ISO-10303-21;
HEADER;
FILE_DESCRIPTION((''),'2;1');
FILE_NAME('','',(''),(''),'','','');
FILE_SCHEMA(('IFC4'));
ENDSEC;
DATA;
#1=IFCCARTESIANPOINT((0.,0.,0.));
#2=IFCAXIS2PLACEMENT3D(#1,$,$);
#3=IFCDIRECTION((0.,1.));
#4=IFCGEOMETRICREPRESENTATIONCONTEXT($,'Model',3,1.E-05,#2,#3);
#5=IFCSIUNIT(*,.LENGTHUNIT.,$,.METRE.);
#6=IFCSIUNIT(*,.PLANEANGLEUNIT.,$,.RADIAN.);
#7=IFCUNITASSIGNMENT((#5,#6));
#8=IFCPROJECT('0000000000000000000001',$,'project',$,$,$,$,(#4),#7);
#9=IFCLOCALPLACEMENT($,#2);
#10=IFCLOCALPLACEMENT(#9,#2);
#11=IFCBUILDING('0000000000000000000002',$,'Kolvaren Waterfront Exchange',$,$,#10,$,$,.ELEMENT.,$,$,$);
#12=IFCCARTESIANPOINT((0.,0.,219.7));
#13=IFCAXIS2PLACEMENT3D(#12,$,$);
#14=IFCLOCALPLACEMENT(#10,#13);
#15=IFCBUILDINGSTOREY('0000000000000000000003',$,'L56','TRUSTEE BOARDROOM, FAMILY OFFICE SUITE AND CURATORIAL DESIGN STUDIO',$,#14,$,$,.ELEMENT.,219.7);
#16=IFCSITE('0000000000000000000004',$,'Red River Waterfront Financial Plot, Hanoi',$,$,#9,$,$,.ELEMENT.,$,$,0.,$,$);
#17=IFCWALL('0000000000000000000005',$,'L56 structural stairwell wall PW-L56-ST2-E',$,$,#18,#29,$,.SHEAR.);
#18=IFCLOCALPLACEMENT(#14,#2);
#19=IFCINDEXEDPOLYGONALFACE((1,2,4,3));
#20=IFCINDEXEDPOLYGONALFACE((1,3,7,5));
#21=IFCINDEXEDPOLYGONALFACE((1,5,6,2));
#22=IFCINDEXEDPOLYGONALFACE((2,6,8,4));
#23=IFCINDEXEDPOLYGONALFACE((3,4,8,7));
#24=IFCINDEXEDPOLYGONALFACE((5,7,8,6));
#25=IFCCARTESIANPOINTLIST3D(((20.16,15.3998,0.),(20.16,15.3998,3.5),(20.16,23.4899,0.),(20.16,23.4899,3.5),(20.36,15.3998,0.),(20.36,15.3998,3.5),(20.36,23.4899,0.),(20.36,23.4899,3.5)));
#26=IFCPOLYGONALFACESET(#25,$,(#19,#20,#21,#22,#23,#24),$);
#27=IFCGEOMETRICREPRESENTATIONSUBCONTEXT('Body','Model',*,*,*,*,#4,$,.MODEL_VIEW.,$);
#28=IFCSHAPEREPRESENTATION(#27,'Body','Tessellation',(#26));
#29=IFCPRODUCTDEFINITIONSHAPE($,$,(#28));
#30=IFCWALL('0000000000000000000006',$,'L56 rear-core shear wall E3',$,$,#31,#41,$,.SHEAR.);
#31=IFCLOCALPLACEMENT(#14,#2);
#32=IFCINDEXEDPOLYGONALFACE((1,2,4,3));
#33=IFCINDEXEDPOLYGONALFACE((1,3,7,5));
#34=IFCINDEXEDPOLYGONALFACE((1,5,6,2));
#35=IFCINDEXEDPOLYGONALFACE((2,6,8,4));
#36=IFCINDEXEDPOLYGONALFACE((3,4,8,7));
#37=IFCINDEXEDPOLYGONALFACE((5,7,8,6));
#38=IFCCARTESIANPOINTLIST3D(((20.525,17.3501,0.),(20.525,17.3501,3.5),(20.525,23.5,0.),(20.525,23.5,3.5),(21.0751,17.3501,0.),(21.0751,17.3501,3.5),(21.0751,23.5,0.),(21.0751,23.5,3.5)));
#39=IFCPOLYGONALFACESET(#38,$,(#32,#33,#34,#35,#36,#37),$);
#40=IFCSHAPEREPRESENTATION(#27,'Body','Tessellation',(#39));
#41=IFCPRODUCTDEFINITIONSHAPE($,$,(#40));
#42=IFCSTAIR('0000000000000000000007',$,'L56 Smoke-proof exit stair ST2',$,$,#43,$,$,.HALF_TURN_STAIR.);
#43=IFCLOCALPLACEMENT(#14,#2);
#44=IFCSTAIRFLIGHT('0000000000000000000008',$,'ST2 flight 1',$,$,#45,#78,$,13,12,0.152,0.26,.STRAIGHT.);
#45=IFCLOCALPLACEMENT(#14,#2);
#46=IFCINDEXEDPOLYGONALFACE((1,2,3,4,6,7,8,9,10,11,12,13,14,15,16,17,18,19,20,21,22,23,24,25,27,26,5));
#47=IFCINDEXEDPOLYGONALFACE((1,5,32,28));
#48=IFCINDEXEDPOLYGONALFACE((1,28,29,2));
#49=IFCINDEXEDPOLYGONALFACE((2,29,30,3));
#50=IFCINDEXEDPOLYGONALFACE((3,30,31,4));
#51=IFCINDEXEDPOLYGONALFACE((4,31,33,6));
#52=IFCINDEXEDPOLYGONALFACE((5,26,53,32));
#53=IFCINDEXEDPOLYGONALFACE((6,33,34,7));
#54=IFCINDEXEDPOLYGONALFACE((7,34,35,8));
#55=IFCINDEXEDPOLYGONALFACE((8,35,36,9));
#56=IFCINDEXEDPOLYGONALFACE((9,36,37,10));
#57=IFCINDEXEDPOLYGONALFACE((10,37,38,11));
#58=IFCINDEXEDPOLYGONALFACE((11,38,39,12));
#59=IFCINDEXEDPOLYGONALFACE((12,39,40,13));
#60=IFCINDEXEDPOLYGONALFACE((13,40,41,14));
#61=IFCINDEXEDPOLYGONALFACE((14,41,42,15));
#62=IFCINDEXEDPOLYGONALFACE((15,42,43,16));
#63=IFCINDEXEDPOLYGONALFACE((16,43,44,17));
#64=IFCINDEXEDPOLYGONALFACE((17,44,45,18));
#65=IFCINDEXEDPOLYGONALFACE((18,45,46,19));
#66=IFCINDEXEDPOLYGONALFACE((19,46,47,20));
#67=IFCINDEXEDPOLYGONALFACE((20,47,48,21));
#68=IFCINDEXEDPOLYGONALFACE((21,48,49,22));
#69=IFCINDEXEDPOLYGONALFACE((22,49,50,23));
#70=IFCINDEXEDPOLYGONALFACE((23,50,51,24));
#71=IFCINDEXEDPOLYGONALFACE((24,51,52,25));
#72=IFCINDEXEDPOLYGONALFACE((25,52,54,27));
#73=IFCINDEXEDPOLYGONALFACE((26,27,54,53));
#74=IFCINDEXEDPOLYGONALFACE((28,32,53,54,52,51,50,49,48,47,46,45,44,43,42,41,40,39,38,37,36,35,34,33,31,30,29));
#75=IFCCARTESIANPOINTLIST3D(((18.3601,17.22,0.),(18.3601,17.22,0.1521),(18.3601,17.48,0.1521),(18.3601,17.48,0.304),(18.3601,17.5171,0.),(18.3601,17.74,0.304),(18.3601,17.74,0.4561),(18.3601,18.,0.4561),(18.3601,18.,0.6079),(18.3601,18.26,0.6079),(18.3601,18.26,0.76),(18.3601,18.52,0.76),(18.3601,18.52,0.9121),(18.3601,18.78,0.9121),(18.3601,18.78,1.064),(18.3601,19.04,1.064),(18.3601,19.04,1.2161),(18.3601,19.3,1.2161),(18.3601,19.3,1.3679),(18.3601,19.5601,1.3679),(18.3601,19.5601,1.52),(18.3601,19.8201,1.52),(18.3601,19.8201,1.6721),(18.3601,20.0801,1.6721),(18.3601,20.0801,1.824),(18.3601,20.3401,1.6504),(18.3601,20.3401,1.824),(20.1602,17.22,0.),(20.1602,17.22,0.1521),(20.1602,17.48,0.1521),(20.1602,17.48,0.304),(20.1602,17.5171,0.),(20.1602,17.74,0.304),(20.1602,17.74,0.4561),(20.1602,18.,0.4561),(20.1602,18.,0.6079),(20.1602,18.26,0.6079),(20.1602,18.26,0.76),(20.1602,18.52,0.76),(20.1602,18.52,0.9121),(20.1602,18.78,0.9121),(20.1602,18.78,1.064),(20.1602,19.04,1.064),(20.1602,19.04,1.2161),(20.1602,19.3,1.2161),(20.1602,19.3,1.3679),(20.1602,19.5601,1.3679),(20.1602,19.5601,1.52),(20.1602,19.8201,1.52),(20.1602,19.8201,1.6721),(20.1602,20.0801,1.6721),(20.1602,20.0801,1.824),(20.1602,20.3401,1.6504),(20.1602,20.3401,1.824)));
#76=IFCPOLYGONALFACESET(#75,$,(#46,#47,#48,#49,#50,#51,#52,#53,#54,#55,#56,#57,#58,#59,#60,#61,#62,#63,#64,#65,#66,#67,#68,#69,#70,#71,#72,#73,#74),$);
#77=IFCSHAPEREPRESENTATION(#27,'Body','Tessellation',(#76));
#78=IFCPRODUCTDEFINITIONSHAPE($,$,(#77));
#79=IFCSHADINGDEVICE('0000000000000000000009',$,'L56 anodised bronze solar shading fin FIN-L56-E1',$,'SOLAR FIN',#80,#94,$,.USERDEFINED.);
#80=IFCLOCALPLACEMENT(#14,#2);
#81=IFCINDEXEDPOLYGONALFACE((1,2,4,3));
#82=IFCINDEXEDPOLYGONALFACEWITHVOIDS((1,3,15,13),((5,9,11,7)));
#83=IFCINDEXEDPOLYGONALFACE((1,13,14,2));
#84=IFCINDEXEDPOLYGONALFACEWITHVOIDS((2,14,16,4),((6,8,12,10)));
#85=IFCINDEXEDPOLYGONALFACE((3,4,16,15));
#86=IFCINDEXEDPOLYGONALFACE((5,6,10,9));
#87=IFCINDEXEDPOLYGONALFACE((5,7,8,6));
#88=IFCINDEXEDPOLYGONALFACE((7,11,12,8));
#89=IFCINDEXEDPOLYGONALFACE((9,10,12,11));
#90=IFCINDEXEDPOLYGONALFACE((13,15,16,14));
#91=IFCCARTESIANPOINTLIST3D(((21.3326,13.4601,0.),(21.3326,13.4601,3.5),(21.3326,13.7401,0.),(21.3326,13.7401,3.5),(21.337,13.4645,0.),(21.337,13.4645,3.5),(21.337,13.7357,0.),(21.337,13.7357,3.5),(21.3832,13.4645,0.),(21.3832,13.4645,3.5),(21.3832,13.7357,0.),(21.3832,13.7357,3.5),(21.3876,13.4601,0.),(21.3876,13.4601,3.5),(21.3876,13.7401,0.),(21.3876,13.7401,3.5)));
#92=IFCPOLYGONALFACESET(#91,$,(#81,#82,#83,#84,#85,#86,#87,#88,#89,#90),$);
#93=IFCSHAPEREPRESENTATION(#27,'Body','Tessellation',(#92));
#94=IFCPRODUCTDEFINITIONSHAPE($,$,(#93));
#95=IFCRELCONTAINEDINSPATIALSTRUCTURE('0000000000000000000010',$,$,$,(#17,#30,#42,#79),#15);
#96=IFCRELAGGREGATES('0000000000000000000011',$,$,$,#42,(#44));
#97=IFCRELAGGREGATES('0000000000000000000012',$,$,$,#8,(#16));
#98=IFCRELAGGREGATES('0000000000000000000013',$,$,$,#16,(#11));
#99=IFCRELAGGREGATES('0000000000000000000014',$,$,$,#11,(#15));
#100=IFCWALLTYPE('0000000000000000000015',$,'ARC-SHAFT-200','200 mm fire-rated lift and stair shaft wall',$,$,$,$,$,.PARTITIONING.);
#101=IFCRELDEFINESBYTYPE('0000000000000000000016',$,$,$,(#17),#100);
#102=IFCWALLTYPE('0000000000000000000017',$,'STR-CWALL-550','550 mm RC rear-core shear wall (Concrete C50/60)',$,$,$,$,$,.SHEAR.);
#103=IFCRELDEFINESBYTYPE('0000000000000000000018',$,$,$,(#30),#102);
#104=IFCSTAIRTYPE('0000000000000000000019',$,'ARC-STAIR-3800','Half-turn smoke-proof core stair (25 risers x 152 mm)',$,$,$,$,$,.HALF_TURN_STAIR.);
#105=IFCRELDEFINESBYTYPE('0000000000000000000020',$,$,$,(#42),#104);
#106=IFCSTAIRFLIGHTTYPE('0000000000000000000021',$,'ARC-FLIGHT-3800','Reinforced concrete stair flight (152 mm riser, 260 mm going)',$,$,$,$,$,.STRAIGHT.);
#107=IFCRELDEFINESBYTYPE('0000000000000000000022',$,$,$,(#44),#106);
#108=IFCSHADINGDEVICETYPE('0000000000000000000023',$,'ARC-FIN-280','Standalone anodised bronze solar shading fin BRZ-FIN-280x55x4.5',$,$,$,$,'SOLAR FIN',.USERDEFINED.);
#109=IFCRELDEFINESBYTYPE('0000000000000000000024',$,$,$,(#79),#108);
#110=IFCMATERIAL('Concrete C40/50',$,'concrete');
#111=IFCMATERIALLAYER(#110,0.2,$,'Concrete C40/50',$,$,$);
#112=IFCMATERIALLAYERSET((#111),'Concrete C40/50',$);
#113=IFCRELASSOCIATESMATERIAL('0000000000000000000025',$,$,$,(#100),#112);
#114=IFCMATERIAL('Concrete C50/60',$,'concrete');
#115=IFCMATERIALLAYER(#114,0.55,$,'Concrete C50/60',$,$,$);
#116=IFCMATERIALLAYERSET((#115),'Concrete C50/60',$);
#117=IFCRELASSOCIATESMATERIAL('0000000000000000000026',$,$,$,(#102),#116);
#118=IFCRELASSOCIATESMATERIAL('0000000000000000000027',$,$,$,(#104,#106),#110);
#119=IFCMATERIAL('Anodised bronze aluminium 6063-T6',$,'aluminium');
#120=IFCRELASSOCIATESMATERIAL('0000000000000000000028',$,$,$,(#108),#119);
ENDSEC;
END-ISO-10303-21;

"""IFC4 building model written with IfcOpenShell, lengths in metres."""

from ifc_helpers import new_model, si_unit, direction, frame, frame_2d, origin, origin_2d, place, context, subcontext, project, spatial, polyline, rectangle, hollow_rectangle, outline, extrude, material, layer, layer_set, material_profile, profile_set, type_object, element, aggregate, save


model = new_model("IFC4")

# Units and contexts
model_context = context("Model", 3, precision=1e-05, world=origin(), true_north=direction((0.0, 1.0)))
body_context = subcontext(model_context, "Body", "Model", "MODEL_VIEW")
ifc_project = project(units=[si_unit("LENGTHUNIT", "METRE"), si_unit("PLANEANGLEUNIT", "RADIAN")], contexts=[model_context])

# Site, building, storey
site_placement = place(None, origin())
site = spatial("IfcSite", under=ifc_project, at=site_placement, Name="Red River Waterfront Financial Plot, Hanoi", CompositionType="ELEMENT", RefElevation=0.0)
building_placement = place(site_placement, origin())
building = spatial("IfcBuilding", under=site, at=building_placement, Name="Kolvaren Waterfront Exchange", CompositionType="ELEMENT")
storey_placement = place(building_placement, frame((0.0, 0.0, 219.7)))
storey = spatial("IfcBuildingStorey", under=building, at=storey_placement, Name="L56", Description="TRUSTEE BOARDROOM, FAMILY OFFICE SUITE AND CURATORIAL DESIGN STUDIO", CompositionType="ELEMENT", Elevation=219.7)

# Shared definitions
ifc_material_1 = material(Name="Concrete C50/60", Category="concrete")

# Walls
ifc_material_2 = material(Name="Concrete C40/50", Category="concrete")
ifc_layer_1 = layer(ifc_material_2, 0.2, Name="Concrete C40/50")
ifc_layer_set_1 = layer_set([ifc_layer_1], Name="Concrete C40/50")
wall_type_1 = type_object("IfcWallType", Name="ARC-SHAFT-200", Description="200 mm fire-rated lift and stair shaft wall", PredefinedType="PARTITIONING", material=ifc_layer_set_1)
wall_1_placement = place(storey_placement, frame((20.26, 15.3999, 0.0), z_axis=(0.0, 0.0, 1.0), x_axis=(0.0, 1.0, 0.0)))
element("IfcWall", 1, at=wall_1_placement, inside=storey, type_object=wall_type_1, Name="L56 structural stairwell wall PW-L56-ST2-E", PredefinedType="SHEAR", context=body_context, shape_type="SweptSolid", body=[
    extrude(rectangle(XDim=8.0901, YDim=0.2, at=frame_2d((4.0449, 0.0))), origin(), (0.0, 0.0, 1.0), 3.5),
])
ifc_layer_2 = layer(ifc_material_1, 0.55, Name="Concrete C50/60")
ifc_layer_set_2 = layer_set([ifc_layer_2], Name="Concrete C50/60")
wall_type_2 = type_object("IfcWallType", Name="STR-CWALL-550", Description="550 mm RC rear-core shear wall (Concrete C50/60)", PredefinedType="SHEAR", material=ifc_layer_set_2)
wall_2_placement = place(storey_placement, frame((20.8, 17.3501, 0.0), z_axis=(0.0, 0.0, 1.0), x_axis=(0.0, 1.0, 0.0)))
element("IfcWall", 2, at=wall_2_placement, inside=storey, type_object=wall_type_2, Name="L56 rear-core shear wall E3", PredefinedType="SHEAR", context=body_context, shape_type="SweptSolid", body=[
    extrude(rectangle(XDim=6.1499, YDim=0.55, at=frame_2d((3.075, 0.0))), origin(), (0.0, 0.0, 1.0), 3.5),
])

# Stair, stair flight
stair_type = type_object("IfcStairType", Name="ARC-STAIR-3800", Description="Half-turn smoke-proof core stair (25 risers x 152 mm)", PredefinedType="HALF_TURN_STAIR", material=ifc_material_2)
stair_placement = place(storey_placement, origin())
stair = element("IfcStair", 3, at=stair_placement, inside=storey, type_object=stair_type, Name="L56 Smoke-proof exit stair ST2", PredefinedType="HALF_TURN_STAIR")
stair_flight_type = type_object("IfcStairFlightType", Name="ARC-FLIGHT-3800", Description="Reinforced concrete stair flight (152 mm riser, 260 mm going)", PredefinedType="STRAIGHT", material=ifc_material_2)
stair_flight_placement = place(storey_placement, frame((19.26, 17.22, 0.0), z_axis=(0.0, 0.0, 1.0), x_axis=(0.0, 1.0, 0.0)))
stair_flight = element("IfcStairFlight", 4, at=stair_flight_placement, type_object=stair_flight_type, Name="ST2 flight 1", NumberOfRisers=13, NumberOfTreads=12, PredefinedType="STRAIGHT", RiserHeight=0.152, TreadLength=0.26, context=body_context, shape_type="SweptSolid", body=[
    extrude(outline(polyline([(0.0, 0.0), (0.0, 0.1521), (0.26, 0.1521), (0.26, 0.304), (0.52, 0.304), (0.52, 0.4561), (0.78, 0.4561), (0.78, 0.6079), (1.04, 0.6079), (1.04, 0.76), (1.3, 0.76), (1.3, 0.9121), (1.5601, 0.9121), (1.5601, 1.064), (1.8201, 1.064), (1.8201, 1.2161), (2.0801, 1.2161), (2.0801, 1.3679), (2.3401, 1.3679), (2.3401, 1.52), (2.6001, 1.52), (2.6001, 1.6721), (2.8601, 1.6721), (2.8601, 1.824), (3.1201, 1.824), (3.1201, 1.9761), (3.1201, 1.6504), (0.2971, 0.0), (0.0, 0.0)])), frame((0.0, 0.8999, 0.0), z_axis=(0.0, -1.0, 0.0), x_axis=(1.0, 0.0, 0.0)), (0.0, 0.0, 1.0), 1.8),
])
aggregate(stair, [stair_flight])

# Shading device
ifc_material_3 = material(Name="Anodised bronze aluminium 6063-T6", Category="aluminium")
ifc_material_profile_1 = material_profile(ifc_material_3, hollow_rectangle(XDim=0.0549, YDim=0.28, WallThickness=0.0044, at=origin_2d()), Name="BRZ-FIN-280x55x4.5")
ifc_profile_set_1 = profile_set([ifc_material_profile_1], Name="Anodised bronze aluminium 6063-T6")
shading_device_type = type_object("IfcShadingDeviceType", Name="ARC-FIN-280", Description="Standalone anodised bronze solar shading fin BRZ-FIN-280x55x4.5", ElementType="SOLAR FIN", PredefinedType="USERDEFINED", material=ifc_profile_set_1)
shading_device_placement = place(storey_placement, frame((21.3601, 13.6001, 0.0), z_axis=(0.0, 0.0, 1.0), x_axis=(1.0, 0.0, 0.0)))
element("IfcShadingDevice", 5, at=shading_device_placement, inside=storey, type_object=shading_device_type, Name="L56 anodised bronze solar shading fin FIN-L56-E1", ObjectType="SOLAR FIN", PredefinedType="USERDEFINED", context=body_context, shape_type="SweptSolid", body=[
    extrude(hollow_rectangle(XDim=0.0549, YDim=0.28, WallThickness=0.0044, at=origin_2d()), origin(), (0.0, 0.0, 1.0), 3.5),
])

save(model, "model.ifc")
